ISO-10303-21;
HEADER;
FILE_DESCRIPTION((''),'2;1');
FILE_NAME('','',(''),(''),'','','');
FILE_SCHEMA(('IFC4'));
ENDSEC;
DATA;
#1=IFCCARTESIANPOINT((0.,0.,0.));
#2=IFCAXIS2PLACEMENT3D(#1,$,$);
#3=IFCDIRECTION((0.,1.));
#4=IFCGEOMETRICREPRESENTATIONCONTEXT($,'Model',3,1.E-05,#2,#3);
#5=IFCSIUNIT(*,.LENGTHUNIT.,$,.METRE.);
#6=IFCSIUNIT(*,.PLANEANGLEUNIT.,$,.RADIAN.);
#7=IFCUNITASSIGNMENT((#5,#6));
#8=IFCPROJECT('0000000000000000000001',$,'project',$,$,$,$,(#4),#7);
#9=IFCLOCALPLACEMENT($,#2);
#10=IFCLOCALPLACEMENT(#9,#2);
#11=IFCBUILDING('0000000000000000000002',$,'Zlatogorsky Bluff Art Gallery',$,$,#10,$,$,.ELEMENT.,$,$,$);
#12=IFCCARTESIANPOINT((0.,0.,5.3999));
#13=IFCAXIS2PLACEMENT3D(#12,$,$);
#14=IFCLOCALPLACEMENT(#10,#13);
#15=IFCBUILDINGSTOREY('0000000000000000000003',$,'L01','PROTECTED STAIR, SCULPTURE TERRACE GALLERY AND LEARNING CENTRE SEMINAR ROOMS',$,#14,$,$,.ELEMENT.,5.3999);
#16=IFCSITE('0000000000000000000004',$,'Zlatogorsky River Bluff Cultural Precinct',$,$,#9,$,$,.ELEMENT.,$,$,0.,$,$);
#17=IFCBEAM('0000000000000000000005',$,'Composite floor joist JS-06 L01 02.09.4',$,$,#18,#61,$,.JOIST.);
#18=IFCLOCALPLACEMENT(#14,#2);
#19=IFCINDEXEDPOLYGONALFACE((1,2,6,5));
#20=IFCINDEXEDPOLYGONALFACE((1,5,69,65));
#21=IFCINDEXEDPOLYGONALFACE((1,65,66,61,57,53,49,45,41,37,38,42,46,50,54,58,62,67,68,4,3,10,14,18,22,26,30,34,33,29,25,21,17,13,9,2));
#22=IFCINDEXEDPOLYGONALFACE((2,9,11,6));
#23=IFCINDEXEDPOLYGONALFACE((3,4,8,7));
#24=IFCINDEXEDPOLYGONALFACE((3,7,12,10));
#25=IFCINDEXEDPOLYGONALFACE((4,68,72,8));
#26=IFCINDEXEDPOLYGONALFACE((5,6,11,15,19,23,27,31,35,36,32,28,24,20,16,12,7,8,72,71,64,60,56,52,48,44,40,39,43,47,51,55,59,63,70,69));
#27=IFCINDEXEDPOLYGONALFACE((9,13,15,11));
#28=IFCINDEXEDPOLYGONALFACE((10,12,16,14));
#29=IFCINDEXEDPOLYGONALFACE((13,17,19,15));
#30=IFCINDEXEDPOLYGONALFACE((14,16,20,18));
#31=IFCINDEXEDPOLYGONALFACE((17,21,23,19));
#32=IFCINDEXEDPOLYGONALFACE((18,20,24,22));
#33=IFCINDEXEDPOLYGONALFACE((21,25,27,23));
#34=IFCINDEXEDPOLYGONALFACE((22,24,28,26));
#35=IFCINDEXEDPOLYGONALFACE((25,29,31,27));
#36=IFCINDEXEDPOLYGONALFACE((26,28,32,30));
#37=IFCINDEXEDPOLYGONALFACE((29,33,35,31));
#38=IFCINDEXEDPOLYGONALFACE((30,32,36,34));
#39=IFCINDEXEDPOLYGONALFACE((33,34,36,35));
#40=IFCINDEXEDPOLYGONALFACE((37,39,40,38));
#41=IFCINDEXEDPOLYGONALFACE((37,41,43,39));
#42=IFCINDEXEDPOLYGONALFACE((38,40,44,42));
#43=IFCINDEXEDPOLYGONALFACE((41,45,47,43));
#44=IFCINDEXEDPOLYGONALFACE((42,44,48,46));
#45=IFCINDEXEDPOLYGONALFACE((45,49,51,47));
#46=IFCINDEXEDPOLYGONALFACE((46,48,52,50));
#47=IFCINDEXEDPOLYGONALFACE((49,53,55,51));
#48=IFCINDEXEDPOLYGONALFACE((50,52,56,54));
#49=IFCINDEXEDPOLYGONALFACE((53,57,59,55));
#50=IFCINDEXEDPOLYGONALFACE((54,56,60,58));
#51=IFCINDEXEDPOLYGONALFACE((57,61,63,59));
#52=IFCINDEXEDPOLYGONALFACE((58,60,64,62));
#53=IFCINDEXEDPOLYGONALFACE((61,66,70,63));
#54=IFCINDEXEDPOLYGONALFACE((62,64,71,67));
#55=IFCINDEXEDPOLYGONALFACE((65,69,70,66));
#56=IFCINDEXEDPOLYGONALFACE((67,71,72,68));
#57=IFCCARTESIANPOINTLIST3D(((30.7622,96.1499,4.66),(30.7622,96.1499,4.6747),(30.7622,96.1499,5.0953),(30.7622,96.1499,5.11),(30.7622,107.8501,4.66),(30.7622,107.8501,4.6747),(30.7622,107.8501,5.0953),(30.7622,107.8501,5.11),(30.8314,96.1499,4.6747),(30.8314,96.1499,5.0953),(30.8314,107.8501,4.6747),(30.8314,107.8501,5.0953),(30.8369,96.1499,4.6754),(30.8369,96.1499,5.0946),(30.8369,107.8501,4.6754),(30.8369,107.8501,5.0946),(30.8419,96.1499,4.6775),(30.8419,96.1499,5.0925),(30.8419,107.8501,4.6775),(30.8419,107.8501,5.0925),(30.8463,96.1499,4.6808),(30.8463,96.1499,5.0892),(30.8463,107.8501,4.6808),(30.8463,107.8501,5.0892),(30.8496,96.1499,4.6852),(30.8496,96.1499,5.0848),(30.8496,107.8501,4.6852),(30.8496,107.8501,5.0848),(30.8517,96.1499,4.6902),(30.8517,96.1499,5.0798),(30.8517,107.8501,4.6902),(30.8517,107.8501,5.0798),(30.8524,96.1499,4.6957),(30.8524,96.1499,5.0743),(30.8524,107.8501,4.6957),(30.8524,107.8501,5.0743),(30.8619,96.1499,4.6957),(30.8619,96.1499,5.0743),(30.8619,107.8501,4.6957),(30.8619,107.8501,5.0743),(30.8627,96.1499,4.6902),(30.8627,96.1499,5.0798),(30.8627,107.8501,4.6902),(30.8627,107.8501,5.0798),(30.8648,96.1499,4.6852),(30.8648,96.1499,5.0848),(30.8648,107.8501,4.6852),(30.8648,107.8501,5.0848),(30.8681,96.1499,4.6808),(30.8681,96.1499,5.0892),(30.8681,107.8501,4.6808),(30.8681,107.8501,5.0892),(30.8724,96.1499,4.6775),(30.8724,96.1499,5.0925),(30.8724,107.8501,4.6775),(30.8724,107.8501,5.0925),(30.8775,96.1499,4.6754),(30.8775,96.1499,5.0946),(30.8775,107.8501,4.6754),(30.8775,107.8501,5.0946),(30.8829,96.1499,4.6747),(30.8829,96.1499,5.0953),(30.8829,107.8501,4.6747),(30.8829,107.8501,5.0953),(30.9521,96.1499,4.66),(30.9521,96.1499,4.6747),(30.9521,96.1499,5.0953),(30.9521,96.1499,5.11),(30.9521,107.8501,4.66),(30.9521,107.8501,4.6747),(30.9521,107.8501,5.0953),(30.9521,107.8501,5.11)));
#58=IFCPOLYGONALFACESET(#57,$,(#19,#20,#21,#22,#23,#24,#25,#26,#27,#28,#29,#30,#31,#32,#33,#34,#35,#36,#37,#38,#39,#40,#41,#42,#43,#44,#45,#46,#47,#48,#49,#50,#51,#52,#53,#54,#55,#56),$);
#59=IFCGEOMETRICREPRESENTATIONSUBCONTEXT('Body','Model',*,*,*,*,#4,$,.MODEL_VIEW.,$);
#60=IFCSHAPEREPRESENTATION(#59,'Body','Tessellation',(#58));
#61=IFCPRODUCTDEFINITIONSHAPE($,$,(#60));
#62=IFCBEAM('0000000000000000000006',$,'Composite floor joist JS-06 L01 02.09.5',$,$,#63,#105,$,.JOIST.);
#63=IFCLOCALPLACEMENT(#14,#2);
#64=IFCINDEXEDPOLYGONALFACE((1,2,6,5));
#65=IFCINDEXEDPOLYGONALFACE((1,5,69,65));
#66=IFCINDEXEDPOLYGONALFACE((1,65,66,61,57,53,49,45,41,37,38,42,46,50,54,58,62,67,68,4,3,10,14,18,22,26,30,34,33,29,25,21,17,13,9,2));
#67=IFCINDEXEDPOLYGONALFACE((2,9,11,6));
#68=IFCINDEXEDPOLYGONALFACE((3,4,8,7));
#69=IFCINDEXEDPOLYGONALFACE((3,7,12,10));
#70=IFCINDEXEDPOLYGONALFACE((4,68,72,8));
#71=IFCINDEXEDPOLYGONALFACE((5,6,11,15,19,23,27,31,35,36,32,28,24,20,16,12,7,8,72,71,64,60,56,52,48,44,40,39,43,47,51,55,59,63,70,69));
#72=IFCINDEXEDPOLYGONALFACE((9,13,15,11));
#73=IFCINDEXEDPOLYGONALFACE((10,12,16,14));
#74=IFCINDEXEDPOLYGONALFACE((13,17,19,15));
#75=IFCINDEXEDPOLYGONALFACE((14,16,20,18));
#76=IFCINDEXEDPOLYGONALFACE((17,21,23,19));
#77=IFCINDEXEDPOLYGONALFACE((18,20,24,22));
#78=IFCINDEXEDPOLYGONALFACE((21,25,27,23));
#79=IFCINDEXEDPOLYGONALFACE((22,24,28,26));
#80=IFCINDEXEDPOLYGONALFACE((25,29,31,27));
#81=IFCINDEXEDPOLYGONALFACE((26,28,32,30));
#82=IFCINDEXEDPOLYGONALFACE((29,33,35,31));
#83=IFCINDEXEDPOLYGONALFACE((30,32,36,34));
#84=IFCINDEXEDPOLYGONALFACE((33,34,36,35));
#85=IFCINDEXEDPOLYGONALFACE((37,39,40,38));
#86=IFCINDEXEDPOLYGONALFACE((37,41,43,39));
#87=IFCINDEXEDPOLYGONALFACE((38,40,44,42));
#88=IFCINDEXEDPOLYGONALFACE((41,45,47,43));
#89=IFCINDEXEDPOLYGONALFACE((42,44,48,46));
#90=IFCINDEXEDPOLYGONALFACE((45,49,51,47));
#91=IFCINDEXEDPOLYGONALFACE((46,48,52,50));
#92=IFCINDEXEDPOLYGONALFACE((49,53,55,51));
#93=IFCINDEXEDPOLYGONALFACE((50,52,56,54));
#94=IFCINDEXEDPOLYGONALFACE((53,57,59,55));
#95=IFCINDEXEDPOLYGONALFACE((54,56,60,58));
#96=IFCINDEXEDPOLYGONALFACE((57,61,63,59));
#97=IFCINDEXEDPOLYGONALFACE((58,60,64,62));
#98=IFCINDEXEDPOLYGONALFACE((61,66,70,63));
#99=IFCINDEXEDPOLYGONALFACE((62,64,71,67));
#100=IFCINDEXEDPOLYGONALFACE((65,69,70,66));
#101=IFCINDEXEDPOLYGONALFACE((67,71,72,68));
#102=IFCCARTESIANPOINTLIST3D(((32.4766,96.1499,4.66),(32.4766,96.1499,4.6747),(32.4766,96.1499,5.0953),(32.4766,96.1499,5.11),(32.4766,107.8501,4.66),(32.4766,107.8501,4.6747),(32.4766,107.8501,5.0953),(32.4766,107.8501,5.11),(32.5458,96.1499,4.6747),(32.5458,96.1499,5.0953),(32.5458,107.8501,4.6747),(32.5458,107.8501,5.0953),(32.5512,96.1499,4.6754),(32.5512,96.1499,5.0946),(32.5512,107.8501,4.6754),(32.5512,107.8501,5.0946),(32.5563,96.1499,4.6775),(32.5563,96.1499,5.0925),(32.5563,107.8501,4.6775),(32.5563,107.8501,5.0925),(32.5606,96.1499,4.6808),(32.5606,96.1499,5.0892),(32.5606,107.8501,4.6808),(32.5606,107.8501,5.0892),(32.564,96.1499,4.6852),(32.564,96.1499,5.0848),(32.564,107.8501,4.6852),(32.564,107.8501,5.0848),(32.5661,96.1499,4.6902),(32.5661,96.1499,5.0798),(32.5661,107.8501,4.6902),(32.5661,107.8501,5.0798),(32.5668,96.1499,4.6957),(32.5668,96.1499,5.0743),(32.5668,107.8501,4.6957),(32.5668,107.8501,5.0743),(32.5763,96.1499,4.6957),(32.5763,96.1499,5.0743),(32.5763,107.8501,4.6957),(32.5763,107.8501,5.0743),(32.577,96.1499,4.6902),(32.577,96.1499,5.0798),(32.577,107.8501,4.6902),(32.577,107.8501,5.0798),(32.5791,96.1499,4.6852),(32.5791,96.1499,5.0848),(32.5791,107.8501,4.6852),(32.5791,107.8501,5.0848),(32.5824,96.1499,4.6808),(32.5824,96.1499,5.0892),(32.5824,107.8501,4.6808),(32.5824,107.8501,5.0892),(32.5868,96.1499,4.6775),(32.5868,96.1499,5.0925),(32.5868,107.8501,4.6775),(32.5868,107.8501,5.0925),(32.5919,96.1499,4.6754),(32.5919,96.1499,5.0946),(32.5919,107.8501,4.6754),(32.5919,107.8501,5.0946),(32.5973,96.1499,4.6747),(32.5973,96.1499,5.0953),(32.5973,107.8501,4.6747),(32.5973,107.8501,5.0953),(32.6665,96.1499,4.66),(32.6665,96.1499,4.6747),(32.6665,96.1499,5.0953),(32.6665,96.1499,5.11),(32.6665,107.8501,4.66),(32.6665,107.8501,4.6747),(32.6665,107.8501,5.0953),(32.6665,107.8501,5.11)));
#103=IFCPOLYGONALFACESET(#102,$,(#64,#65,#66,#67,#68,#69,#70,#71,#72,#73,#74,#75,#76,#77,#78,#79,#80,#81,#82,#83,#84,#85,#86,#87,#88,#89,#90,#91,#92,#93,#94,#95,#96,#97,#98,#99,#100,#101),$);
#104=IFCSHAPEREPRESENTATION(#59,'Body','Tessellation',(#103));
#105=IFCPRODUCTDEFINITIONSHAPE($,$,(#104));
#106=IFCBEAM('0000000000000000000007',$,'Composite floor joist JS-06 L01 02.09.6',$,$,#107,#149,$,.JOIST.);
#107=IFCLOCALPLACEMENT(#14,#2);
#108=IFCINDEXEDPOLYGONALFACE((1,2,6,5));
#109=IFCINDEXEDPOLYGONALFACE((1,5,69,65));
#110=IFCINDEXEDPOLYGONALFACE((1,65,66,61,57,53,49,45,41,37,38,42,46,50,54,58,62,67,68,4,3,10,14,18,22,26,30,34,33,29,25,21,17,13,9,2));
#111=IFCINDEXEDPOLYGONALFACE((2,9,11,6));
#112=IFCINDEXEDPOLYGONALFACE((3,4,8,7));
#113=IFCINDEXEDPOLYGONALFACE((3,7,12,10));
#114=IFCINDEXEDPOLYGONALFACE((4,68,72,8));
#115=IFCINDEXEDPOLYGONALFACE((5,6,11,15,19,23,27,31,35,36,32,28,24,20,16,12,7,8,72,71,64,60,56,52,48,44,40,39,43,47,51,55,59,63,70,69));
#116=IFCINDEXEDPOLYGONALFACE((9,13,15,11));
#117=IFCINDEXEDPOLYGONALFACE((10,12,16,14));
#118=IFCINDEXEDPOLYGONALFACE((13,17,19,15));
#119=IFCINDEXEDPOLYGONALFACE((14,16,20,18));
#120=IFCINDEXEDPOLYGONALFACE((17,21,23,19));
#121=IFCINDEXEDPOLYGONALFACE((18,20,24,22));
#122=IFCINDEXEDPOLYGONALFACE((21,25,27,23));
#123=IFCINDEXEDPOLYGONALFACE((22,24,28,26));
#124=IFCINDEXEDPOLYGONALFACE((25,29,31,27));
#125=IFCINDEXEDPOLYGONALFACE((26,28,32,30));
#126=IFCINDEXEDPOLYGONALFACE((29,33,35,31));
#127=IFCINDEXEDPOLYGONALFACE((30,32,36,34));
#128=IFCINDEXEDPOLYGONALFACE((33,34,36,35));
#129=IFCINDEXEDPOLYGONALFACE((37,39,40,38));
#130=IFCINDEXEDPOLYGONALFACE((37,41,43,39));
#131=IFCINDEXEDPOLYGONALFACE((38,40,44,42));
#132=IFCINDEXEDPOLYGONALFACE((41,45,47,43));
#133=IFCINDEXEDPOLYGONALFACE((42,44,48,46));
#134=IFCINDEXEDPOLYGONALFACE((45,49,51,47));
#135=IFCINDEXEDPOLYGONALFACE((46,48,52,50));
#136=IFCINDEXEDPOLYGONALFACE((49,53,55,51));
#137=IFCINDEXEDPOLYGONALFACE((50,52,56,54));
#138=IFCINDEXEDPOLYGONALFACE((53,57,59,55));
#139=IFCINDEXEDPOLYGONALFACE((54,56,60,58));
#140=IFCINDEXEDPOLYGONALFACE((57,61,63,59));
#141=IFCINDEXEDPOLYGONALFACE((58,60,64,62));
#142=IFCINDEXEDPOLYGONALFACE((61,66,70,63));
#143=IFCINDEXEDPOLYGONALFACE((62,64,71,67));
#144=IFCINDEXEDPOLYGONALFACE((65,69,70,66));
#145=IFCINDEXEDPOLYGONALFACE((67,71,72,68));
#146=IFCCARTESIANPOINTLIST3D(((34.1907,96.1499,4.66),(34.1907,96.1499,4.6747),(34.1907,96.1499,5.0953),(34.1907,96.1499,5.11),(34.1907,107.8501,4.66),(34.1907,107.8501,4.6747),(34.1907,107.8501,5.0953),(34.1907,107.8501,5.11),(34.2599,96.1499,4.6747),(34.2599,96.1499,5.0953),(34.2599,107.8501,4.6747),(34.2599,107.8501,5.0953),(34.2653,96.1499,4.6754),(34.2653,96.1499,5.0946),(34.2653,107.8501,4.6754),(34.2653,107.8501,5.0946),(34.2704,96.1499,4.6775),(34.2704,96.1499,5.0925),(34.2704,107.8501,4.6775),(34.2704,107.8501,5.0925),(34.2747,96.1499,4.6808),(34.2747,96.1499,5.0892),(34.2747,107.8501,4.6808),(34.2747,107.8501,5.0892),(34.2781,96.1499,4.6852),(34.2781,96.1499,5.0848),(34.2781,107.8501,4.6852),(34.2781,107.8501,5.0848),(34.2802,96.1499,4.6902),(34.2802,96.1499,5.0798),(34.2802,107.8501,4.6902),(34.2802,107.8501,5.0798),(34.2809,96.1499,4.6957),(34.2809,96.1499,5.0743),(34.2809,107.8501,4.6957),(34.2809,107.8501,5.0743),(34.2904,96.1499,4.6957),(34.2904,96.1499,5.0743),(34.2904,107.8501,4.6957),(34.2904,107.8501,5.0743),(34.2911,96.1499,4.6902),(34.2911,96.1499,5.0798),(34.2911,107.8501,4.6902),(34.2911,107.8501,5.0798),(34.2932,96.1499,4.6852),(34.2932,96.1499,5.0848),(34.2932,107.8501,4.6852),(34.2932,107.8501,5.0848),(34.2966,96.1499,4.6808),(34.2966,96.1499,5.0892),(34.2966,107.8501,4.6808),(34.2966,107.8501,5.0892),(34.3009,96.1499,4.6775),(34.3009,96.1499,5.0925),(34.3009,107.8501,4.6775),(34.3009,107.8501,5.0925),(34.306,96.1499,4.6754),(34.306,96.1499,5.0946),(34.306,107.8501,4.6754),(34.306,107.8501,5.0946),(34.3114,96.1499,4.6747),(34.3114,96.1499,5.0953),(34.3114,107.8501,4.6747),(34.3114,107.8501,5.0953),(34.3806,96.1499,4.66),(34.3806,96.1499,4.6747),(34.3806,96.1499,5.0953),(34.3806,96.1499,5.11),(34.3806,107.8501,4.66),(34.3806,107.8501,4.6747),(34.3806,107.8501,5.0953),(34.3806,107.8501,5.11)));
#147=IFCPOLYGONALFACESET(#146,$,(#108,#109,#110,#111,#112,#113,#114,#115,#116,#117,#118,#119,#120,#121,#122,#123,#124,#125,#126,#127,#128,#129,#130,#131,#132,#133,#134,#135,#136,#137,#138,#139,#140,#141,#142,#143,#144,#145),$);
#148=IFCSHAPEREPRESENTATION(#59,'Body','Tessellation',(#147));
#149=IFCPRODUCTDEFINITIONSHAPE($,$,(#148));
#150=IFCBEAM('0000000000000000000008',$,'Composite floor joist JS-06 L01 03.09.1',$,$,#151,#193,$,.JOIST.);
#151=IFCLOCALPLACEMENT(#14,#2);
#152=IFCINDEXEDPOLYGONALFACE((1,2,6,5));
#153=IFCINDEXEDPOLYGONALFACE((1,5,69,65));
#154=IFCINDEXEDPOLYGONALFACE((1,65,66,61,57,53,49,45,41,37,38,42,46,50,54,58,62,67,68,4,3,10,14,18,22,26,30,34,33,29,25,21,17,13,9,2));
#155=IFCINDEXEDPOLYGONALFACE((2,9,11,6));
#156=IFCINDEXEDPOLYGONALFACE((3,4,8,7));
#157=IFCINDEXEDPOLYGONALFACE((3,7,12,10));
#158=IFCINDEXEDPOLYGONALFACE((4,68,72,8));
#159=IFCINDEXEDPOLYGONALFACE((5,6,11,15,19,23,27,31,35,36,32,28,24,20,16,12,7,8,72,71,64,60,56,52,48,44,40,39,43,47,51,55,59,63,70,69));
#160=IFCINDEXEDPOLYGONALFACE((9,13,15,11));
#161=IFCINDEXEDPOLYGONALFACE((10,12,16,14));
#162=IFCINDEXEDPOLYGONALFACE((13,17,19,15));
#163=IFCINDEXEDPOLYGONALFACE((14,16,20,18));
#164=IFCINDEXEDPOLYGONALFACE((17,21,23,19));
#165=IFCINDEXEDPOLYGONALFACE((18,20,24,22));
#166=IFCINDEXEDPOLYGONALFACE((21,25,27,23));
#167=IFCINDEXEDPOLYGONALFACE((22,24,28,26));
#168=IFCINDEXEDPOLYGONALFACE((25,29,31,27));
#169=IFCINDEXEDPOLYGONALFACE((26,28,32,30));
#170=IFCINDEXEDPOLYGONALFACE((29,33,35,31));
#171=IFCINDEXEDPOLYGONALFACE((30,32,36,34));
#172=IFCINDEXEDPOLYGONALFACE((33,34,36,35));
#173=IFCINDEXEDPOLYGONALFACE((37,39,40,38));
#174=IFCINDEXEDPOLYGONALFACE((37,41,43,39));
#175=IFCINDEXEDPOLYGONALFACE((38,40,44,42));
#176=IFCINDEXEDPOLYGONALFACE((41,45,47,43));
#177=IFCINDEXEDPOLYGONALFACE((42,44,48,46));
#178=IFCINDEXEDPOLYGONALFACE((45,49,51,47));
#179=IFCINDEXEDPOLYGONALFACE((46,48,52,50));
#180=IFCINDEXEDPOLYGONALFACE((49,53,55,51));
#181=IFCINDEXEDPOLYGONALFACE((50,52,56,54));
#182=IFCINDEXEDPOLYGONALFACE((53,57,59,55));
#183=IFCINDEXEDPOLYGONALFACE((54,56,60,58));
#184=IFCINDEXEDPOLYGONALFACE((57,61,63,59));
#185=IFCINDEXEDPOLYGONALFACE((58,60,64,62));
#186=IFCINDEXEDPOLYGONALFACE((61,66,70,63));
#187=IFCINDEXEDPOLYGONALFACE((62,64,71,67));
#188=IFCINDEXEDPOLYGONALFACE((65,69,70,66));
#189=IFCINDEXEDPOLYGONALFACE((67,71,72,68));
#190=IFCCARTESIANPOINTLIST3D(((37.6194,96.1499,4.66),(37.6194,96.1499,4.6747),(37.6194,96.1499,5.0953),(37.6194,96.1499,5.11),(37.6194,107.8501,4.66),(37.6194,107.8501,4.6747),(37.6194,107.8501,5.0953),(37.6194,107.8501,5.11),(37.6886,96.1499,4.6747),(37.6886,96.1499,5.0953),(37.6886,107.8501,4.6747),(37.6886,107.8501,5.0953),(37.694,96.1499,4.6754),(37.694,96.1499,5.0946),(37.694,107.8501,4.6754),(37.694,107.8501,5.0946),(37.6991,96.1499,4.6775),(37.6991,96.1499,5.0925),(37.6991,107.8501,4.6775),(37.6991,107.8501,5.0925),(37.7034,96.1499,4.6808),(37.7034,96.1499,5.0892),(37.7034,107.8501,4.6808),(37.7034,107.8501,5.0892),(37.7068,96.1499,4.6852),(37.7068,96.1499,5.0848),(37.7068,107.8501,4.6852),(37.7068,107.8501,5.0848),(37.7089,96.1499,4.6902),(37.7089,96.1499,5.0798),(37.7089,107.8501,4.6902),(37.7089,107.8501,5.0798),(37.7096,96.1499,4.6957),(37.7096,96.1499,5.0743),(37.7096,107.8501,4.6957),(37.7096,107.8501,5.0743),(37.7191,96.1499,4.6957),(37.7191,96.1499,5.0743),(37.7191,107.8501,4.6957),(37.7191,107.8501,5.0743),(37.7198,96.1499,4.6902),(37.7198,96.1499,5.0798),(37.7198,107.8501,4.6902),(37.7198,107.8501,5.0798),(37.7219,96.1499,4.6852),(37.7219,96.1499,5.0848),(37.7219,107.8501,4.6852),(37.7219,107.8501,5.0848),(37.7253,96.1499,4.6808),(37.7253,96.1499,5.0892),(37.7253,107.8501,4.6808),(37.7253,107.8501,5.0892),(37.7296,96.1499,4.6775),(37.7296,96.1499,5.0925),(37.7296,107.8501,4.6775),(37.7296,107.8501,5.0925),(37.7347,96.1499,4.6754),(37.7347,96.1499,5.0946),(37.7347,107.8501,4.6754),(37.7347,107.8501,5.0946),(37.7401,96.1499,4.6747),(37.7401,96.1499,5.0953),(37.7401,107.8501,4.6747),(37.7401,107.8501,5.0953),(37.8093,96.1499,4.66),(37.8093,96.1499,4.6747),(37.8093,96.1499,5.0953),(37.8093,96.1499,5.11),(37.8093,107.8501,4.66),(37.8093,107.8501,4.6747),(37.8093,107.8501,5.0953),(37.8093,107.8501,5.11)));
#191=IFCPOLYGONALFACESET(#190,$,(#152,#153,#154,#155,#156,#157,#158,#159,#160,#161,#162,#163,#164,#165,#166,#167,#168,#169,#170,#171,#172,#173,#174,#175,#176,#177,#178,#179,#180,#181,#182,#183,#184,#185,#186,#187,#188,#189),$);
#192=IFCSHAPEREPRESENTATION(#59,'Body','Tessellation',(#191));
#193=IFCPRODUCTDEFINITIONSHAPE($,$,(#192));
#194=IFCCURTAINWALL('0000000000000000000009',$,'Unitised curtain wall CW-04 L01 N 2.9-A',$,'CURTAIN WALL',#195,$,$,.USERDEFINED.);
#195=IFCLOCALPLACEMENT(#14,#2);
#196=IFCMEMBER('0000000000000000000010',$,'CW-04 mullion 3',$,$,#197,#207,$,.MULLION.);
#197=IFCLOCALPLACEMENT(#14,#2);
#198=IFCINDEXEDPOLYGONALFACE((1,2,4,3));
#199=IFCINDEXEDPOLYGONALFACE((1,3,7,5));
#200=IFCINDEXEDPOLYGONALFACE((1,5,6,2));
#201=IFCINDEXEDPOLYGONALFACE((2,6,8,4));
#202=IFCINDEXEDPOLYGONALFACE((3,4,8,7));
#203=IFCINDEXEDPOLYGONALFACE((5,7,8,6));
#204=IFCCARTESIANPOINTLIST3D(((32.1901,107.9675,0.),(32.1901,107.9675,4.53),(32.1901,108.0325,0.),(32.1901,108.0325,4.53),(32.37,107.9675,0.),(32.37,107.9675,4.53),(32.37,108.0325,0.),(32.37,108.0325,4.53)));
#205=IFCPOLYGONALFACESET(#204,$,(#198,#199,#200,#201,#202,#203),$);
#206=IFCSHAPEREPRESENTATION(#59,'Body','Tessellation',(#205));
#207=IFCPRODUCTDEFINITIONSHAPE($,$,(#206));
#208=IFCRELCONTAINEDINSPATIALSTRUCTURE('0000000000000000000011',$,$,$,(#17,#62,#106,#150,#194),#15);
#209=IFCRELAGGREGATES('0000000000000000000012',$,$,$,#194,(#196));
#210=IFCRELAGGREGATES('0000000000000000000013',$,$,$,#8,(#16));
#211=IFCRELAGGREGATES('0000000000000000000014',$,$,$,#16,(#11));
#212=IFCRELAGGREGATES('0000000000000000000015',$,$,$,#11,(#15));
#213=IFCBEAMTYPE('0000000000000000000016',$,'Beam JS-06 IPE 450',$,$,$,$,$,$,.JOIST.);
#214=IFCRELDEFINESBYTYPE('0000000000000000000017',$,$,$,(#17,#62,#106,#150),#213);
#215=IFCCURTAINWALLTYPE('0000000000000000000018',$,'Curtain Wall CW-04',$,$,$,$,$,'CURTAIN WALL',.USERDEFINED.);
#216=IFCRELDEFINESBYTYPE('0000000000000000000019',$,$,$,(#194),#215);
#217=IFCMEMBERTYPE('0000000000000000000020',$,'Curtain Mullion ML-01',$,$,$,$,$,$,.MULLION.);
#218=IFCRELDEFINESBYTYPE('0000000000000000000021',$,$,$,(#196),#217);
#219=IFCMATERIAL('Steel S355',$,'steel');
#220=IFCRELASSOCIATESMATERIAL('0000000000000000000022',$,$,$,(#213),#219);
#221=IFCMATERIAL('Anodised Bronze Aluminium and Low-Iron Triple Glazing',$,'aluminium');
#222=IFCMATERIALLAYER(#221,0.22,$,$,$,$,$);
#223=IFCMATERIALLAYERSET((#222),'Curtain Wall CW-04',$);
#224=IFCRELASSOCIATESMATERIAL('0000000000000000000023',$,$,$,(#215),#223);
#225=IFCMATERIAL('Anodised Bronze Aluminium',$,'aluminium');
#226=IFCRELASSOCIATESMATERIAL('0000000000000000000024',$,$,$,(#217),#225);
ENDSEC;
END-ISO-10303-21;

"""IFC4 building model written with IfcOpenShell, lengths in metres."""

from ifc_helpers import new_model, si_unit, direction, frame, origin, origin_2d, place, context, subcontext, project, spatial, rectangle, i_section, extrude, material, layer, layer_set, material_profile, profile_set, type_object, element, aggregate, save


model = new_model("IFC4")

# Units and contexts
model_context = context("Model", 3, precision=1e-05, world=origin(), true_north=direction((0.0, 1.0)))
body_context = subcontext(model_context, "Body", "Model", "MODEL_VIEW")
ifc_project = project(units=[si_unit("LENGTHUNIT", "METRE"), si_unit("PLANEANGLEUNIT", "RADIAN")], contexts=[model_context])

# Site, building, storey
site_placement = place(None, origin())
site = spatial("IfcSite", under=ifc_project, at=site_placement, Name="Zlatogorsky River Bluff Cultural Precinct", CompositionType="ELEMENT", RefElevation=0.0)
building_placement = place(site_placement, origin())
building = spatial("IfcBuilding", under=site, at=building_placement, Name="Zlatogorsky Bluff Art Gallery", CompositionType="ELEMENT")
storey_placement = place(building_placement, frame((0.0, 0.0, 5.3999)))
storey = spatial("IfcBuildingStorey", under=building, at=storey_placement, Name="L01", Description="PROTECTED STAIR, SCULPTURE TERRACE GALLERY AND LEARNING CENTRE SEMINAR ROOMS", CompositionType="ELEMENT", Elevation=5.3999)

# Shared definitions
ifc_material_1 = material(Name="Steel S355", Category="steel")

# Beams
ifc_material_profile_1 = material_profile(ifc_material_1, i_section(OverallWidth=0.1899, OverallDepth=0.45, WebThickness=0.0095, FlangeThickness=0.0146, FilletRadius=0.021, at=origin_2d()), Name="IPE 450")
ifc_profile_set_1 = profile_set([ifc_material_profile_1], Name="Steel S355")
beam_type_1 = type_object("IfcBeamType", Name="Beam JS-06 IPE 450", PredefinedType="JOIST", material=ifc_profile_set_1)
for number, where, z_axis, x_axis, name in (
    (1, (30.8572, 96.1499, 4.885), (0.0, 1.0, 0.0), (-1.0, 0.0, 0.0), "Composite floor joist JS-06 L01 02.09.4"),
    (2, (32.5715, 96.1499, 4.885), (0.0, 1.0, 0.0), (-1.0, 0.0, 0.0), "Composite floor joist JS-06 L01 02.09.5"),
    (3, (34.2856, 96.1499, 4.885), (0.0, 1.0, 0.0), (-1.0, 0.0, 0.0), "Composite floor joist JS-06 L01 02.09.6"),
    (4, (37.7144, 96.1499, 4.885), (0.0, 1.0, 0.0), (-1.0, 0.0, 0.0), "Composite floor joist JS-06 L01 03.09.1"),
):
    element("IfcBeam", number, at=place(storey_placement, frame(where, z_axis=z_axis, x_axis=x_axis)), inside=storey, type_object=beam_type_1, Name=name, PredefinedType="JOIST", context=body_context, shape_type="SweptSolid", body=[
        extrude(i_section(OverallWidth=0.1899, OverallDepth=0.45, WebThickness=0.0095, FlangeThickness=0.0146, FilletRadius=0.021, at=origin_2d()), origin(), (0.0, 0.0, 1.0), 11.7002),
    ])

# Curtain wall, member
ifc_material_2 = material(Name="Anodised Bronze Aluminium and Low-Iron Triple Glazing", Category="aluminium")
ifc_layer_1 = layer(ifc_material_2, 0.22)
ifc_layer_set_1 = layer_set([ifc_layer_1], Name="Curtain Wall CW-04")
curtain_wall_type = type_object("IfcCurtainWallType", Name="Curtain Wall CW-04", ElementType="CURTAIN WALL", PredefinedType="USERDEFINED", material=ifc_layer_set_1)
curtain_wall_1_placement = place(storey_placement, origin())
curtain_wall_1 = element("IfcCurtainWall", 5, at=curtain_wall_1_placement, inside=storey, type_object=curtain_wall_type, Name="Unitised curtain wall CW-04 L01 N 2.9-A", ObjectType="CURTAIN WALL", PredefinedType="USERDEFINED")
ifc_material_3 = material(Name="Anodised Bronze Aluminium", Category="aluminium")
ifc_material_profile_2 = material_profile(ifc_material_3, rectangle(XDim=0.0649, YDim=0.1799, at=origin_2d()), Name="ALU MULLION 65x180")
ifc_profile_set_2 = profile_set([ifc_material_profile_2], Name="Anodised Bronze Aluminium")
member_type_1 = type_object("IfcMemberType", Name="Curtain Mullion ML-01", PredefinedType="MULLION", material=ifc_profile_set_2)
member_1_placement = place(storey_placement, frame((32.28, 108.0, 0.0), z_axis=(0.0, 0.0, 1.0), x_axis=(0.0, -1.0, 0.0)))
member_1 = element("IfcMember", 6, at=member_1_placement, type_object=member_type_1, Name="CW-04 mullion 3", PredefinedType="MULLION", context=body_context, shape_type="SweptSolid", body=[
    extrude(rectangle(XDim=0.0649, YDim=0.1799, at=origin_2d()), origin(), (0.0, 0.0, 1.0), 4.53),
])

aggregate(curtain_wall_1, [member_1])

save(model, "model.ifc")
